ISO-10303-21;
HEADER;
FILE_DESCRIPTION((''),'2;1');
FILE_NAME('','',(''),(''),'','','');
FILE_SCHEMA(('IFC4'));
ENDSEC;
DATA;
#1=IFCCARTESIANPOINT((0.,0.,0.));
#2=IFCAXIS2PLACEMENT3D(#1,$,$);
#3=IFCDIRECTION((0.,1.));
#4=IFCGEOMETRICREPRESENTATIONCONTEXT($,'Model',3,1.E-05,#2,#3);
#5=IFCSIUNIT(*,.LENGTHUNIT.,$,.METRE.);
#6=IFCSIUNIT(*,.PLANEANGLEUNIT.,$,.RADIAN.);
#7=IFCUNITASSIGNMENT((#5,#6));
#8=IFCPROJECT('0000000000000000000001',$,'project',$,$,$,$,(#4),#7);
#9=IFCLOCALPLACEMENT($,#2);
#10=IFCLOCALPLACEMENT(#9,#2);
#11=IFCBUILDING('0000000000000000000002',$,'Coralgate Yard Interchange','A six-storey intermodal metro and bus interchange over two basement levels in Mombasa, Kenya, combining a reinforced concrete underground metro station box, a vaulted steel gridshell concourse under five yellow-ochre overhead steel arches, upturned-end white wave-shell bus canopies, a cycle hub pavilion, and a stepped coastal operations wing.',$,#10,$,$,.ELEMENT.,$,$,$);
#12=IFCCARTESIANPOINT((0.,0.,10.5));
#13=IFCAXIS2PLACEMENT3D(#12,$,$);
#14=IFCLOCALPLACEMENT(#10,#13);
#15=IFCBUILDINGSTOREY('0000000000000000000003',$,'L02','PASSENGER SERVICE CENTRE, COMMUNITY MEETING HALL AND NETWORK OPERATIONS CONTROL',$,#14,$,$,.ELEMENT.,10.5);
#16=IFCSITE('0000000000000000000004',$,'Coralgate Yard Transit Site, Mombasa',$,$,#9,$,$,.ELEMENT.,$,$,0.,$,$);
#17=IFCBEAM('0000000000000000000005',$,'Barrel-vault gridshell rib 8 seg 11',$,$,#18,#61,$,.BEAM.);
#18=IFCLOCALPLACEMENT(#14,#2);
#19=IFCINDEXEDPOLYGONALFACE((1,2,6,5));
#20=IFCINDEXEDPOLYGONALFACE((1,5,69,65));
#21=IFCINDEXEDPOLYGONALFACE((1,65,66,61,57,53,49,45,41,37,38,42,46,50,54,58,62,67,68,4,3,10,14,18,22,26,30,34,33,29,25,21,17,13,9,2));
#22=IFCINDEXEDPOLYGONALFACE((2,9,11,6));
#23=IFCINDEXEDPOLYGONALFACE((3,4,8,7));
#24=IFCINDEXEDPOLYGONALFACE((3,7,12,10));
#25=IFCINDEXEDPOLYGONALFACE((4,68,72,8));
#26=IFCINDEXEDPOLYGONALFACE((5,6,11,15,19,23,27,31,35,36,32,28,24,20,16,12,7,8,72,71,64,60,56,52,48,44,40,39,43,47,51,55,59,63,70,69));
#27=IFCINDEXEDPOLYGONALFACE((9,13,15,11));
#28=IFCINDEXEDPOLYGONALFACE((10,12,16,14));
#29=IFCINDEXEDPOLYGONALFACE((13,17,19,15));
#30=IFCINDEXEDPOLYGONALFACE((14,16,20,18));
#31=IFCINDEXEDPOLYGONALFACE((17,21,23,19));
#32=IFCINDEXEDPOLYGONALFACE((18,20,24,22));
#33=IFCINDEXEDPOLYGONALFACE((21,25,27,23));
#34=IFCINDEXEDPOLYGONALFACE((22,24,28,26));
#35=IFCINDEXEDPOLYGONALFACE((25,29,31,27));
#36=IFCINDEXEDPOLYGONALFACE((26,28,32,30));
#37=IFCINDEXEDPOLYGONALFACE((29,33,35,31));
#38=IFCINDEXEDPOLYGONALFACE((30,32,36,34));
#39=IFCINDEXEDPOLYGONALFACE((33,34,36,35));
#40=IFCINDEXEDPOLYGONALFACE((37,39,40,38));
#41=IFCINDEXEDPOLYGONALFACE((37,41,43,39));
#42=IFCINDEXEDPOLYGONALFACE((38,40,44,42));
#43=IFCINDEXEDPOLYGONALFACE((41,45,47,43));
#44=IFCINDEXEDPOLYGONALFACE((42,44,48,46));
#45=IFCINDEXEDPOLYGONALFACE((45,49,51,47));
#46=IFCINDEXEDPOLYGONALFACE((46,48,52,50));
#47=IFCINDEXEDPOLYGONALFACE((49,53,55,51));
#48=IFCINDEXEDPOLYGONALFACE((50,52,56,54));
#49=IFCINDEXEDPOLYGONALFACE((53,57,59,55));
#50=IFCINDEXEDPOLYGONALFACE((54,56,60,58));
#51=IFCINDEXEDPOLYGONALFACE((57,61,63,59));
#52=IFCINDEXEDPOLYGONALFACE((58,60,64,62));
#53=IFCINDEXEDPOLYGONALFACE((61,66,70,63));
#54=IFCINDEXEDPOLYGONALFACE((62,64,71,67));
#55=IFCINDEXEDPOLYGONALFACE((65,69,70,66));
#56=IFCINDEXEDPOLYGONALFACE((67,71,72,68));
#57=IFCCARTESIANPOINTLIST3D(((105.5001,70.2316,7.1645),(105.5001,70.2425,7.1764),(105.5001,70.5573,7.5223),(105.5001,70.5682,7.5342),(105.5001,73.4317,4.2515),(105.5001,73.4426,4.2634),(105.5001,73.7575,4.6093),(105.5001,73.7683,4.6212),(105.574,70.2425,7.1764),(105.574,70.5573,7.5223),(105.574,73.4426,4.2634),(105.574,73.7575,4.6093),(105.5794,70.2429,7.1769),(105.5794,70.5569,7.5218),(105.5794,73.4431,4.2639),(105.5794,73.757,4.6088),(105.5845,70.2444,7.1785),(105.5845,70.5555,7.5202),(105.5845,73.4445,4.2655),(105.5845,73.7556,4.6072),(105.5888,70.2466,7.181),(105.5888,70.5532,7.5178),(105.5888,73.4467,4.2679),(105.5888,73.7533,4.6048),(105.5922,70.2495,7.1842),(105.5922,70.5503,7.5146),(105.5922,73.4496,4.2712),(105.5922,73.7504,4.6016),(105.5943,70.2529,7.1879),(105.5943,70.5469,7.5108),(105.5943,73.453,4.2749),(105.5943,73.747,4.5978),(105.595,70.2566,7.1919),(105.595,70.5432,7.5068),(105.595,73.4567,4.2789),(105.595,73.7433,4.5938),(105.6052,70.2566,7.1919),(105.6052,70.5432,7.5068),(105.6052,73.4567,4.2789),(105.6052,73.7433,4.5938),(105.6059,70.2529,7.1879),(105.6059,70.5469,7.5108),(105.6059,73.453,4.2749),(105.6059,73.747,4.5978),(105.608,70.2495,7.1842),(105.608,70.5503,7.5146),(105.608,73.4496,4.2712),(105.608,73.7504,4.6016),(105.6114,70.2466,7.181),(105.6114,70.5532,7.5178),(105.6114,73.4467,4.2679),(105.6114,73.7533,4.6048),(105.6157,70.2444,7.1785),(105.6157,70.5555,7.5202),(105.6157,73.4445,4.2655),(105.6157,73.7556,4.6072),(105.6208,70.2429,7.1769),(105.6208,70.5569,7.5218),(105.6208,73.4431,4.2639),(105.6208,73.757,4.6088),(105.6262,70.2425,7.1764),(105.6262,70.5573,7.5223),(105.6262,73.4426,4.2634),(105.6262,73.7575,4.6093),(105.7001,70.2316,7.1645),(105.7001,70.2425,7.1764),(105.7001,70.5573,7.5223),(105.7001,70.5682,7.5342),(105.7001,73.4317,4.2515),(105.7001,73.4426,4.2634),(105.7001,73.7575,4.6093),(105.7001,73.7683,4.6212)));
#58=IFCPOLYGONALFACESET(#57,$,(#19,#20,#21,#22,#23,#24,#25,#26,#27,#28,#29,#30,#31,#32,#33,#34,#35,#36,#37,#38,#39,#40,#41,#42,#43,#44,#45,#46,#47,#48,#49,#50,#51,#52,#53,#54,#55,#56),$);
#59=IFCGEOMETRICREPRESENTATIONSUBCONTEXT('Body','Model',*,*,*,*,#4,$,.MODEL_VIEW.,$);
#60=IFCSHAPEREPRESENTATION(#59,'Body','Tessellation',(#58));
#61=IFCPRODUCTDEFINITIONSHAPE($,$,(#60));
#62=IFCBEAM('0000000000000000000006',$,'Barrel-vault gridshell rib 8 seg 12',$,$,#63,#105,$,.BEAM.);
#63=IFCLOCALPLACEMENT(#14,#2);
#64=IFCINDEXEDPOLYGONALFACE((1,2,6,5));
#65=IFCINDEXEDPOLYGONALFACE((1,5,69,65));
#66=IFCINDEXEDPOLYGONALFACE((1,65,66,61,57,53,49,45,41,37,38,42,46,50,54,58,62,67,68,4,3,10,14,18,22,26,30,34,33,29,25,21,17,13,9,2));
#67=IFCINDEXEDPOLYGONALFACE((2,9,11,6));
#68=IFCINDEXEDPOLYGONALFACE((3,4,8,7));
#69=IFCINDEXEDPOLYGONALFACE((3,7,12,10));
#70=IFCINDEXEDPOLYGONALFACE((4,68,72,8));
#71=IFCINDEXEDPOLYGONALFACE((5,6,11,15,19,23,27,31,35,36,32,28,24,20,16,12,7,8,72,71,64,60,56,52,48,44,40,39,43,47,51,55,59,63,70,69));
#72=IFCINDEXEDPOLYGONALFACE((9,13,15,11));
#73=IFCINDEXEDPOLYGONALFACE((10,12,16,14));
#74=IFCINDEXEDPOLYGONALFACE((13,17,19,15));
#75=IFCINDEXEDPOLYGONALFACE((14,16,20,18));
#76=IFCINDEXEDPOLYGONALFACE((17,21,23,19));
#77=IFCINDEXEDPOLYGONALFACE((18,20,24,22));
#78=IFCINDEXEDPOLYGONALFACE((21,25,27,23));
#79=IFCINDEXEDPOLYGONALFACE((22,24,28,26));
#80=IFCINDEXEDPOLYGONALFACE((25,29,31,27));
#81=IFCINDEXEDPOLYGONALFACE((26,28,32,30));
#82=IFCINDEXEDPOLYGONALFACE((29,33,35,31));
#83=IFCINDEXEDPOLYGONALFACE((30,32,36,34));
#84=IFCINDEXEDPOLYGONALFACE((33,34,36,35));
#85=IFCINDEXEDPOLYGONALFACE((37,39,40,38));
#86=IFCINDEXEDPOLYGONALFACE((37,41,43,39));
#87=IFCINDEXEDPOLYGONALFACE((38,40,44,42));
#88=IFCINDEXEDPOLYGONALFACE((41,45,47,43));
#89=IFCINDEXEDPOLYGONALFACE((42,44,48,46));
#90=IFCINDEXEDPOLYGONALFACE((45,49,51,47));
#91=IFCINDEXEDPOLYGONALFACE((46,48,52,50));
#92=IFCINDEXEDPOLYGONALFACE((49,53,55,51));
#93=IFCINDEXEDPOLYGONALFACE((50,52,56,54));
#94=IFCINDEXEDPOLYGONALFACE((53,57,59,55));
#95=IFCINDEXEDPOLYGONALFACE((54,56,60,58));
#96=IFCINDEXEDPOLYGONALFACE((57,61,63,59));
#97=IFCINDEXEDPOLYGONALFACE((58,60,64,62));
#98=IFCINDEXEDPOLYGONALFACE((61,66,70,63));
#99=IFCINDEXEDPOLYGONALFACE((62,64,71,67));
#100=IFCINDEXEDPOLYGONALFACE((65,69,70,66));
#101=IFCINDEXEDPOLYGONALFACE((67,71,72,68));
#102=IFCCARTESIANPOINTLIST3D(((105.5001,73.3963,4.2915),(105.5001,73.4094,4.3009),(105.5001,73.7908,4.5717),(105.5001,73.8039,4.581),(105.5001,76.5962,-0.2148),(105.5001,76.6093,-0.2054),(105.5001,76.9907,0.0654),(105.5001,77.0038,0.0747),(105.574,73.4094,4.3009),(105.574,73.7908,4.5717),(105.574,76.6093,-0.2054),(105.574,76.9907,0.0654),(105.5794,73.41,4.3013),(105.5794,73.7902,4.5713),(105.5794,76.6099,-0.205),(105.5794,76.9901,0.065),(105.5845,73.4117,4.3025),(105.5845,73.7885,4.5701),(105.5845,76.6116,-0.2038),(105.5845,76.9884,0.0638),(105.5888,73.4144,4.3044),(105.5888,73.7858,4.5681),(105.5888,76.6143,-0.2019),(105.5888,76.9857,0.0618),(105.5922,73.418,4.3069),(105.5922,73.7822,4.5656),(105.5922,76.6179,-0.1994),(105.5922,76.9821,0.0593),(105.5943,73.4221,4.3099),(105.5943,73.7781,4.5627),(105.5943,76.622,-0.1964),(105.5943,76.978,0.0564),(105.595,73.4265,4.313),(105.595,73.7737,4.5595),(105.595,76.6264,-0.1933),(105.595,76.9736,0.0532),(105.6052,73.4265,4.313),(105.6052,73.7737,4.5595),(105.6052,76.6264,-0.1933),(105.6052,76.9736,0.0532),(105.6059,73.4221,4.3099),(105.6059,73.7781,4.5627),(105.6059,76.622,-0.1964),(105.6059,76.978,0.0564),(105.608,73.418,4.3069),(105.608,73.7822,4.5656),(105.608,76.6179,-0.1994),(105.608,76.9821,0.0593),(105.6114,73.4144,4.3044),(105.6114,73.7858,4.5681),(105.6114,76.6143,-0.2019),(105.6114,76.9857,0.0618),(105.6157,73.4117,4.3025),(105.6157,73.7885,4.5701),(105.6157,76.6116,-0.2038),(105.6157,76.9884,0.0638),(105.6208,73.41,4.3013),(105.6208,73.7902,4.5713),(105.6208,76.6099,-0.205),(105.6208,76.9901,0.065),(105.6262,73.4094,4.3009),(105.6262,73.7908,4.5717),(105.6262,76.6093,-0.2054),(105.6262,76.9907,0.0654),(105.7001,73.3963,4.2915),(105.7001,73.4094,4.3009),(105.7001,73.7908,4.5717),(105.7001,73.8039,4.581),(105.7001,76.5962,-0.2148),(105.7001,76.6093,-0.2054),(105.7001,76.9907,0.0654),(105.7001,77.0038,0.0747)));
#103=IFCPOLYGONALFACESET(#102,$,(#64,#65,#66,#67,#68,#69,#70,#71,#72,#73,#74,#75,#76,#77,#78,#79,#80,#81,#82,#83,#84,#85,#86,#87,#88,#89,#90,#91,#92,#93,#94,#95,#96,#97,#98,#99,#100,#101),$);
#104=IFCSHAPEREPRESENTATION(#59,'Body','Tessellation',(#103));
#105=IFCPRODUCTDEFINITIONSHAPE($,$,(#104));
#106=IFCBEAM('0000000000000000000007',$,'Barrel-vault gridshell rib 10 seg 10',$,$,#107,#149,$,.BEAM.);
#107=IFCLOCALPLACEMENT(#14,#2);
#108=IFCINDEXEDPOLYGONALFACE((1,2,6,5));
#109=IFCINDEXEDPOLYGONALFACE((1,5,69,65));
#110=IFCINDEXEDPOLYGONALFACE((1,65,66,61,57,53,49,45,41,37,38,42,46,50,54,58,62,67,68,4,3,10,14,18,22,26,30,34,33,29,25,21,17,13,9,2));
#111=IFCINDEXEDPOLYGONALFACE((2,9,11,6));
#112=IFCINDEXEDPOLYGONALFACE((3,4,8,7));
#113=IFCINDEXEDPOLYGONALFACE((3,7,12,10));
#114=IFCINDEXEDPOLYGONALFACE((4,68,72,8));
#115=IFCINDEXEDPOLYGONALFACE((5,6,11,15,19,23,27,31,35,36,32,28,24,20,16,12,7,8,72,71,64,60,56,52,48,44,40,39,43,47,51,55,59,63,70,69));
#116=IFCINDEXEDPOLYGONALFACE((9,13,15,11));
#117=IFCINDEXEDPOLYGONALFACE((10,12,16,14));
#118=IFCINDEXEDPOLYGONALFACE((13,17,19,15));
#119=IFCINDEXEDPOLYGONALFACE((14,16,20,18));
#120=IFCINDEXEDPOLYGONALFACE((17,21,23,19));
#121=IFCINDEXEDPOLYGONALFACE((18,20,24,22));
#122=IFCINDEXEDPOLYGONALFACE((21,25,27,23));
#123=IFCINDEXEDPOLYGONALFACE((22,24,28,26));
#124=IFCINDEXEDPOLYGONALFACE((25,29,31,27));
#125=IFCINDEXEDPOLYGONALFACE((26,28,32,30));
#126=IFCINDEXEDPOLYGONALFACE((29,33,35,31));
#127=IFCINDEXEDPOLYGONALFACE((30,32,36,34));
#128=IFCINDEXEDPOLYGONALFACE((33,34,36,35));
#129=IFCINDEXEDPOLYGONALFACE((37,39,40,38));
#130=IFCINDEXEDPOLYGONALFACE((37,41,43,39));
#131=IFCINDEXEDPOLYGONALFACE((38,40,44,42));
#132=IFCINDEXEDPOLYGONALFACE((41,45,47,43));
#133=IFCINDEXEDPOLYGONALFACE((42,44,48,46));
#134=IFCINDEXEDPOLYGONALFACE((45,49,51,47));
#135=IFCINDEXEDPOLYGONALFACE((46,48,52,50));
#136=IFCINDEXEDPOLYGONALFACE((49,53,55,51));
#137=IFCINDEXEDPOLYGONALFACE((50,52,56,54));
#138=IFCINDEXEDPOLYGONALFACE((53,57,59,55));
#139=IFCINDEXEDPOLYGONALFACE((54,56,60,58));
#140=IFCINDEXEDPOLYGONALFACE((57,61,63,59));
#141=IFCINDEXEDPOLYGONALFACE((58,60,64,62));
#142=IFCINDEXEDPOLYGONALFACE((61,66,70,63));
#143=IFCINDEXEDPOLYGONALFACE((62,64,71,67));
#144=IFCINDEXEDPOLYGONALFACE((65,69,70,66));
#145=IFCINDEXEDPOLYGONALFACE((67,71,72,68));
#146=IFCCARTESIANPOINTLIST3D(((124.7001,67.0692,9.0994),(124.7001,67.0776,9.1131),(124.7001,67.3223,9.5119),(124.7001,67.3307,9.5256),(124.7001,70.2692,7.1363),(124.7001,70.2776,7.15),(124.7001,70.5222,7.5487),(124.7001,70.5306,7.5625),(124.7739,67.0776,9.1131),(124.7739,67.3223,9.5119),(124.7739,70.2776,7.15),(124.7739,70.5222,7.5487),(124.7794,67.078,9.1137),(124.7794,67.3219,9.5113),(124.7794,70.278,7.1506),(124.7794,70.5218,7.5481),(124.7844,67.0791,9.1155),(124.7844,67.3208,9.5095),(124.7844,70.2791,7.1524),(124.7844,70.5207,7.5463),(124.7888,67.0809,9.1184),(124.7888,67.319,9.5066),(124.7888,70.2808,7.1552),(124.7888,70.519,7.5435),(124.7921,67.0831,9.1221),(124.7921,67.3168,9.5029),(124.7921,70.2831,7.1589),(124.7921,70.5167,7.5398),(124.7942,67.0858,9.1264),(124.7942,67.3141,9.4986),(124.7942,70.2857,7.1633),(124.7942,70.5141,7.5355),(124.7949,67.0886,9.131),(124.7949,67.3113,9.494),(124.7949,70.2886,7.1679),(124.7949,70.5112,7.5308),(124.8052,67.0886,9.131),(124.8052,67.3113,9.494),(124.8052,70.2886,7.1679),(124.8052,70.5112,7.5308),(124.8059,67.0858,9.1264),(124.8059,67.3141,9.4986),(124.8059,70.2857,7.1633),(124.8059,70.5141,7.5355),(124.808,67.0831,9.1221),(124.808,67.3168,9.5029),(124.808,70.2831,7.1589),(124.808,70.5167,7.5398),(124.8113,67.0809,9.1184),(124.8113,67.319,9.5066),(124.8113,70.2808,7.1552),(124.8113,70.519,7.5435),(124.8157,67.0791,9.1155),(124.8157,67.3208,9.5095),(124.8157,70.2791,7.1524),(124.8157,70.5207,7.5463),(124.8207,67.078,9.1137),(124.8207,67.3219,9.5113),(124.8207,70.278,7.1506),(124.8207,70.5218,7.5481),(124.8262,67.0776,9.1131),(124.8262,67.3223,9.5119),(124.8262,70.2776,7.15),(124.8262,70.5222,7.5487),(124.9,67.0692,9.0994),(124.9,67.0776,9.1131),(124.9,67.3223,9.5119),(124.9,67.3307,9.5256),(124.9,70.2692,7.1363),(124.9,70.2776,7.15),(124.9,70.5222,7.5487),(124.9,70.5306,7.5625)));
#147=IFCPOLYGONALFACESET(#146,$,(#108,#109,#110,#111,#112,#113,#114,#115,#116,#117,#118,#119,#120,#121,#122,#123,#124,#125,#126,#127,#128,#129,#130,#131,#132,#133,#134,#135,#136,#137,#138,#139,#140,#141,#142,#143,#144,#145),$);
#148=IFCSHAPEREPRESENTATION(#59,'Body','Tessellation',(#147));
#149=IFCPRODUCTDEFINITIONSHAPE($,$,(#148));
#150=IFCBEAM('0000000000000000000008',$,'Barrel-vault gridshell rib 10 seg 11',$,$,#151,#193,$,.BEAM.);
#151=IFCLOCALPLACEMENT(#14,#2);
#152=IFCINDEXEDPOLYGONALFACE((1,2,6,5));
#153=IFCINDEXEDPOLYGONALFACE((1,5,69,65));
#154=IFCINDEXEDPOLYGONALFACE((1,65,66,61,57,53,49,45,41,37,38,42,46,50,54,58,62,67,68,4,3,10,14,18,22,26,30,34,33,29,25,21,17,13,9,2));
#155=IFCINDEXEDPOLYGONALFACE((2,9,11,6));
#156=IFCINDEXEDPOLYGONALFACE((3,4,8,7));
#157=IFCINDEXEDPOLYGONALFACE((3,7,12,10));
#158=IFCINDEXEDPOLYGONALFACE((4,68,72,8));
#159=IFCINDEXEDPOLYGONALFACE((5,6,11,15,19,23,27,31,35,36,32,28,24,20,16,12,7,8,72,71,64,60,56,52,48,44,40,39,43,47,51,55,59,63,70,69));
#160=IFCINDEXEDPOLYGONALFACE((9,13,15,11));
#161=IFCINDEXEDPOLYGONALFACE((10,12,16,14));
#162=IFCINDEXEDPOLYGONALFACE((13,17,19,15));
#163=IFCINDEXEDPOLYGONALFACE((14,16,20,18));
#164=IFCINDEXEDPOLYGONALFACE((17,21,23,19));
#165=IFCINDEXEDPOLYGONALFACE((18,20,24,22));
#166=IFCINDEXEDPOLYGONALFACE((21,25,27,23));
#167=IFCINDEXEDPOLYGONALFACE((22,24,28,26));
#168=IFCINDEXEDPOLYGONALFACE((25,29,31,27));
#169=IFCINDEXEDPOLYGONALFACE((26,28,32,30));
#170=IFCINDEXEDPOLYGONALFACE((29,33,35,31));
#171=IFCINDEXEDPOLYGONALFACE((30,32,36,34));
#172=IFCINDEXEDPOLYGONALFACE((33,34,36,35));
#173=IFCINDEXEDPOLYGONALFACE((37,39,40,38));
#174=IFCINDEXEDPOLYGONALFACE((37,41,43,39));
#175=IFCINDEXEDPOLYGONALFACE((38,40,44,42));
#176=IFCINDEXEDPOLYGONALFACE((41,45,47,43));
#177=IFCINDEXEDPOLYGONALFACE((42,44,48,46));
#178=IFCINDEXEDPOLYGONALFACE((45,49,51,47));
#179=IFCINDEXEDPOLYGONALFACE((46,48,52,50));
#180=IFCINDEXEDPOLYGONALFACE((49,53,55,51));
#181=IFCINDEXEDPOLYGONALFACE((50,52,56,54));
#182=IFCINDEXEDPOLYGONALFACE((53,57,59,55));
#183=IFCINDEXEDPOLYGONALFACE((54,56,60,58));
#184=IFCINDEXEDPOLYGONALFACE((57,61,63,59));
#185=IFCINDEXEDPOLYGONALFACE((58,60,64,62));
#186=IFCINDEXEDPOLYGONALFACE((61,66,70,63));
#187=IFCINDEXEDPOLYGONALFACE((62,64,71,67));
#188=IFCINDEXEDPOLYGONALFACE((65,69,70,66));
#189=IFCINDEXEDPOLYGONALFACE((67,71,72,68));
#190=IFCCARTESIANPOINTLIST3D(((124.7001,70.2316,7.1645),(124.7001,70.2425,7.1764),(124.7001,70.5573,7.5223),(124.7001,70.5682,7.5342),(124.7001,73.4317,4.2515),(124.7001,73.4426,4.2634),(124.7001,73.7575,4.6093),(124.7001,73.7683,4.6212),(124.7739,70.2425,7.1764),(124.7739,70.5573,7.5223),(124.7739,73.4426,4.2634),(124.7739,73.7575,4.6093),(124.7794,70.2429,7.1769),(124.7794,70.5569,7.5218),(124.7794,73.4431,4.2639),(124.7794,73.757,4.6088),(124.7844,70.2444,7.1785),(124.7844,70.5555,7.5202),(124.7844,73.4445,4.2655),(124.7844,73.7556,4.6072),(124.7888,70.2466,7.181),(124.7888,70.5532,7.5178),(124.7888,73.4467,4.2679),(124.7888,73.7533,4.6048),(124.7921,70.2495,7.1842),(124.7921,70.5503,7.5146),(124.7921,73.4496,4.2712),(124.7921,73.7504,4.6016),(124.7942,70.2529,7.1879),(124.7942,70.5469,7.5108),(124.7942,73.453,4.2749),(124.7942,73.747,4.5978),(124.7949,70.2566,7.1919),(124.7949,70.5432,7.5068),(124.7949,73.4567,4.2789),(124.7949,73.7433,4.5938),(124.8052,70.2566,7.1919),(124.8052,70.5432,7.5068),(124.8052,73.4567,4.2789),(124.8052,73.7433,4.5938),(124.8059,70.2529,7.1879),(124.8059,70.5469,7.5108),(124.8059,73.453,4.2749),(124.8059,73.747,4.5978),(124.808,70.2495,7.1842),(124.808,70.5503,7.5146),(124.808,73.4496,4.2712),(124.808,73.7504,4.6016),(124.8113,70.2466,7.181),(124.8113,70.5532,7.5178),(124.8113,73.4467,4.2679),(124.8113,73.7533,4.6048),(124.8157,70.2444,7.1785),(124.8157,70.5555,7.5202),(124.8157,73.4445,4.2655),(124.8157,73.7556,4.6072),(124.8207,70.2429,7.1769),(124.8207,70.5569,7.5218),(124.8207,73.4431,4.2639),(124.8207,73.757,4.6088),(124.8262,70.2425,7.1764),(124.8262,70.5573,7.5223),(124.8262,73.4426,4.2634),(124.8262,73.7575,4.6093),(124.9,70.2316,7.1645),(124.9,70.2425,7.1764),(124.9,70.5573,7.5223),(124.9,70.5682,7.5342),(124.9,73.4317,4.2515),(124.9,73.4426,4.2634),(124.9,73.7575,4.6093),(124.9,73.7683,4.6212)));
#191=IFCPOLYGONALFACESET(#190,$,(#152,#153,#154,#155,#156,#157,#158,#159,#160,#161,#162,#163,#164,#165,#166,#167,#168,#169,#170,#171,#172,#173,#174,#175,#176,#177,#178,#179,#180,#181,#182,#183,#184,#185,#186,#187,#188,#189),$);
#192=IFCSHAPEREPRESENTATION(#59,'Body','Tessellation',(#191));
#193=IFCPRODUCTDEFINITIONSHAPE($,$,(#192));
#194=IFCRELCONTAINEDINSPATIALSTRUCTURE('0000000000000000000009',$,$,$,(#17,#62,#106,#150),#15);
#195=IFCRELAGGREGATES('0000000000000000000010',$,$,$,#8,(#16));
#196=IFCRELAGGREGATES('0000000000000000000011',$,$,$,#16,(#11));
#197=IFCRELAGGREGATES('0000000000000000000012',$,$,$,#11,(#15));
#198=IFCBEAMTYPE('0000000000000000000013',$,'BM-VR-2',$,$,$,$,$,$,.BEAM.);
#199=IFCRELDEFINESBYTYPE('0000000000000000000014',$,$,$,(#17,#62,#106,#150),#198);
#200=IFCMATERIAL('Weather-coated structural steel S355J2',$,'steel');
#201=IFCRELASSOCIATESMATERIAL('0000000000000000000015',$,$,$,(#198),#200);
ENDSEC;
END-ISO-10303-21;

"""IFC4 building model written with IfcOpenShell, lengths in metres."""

from ifc_helpers import new_model, si_unit, direction, frame, origin, origin_2d, place, context, subcontext, project, spatial, i_section, extrude, material, material_profile, profile_set, type_object, element, save


model = new_model("IFC4")

# Units and contexts
model_context = context("Model", 3, precision=1e-05, world=origin(), true_north=direction((0.0, 1.0)))
body_context = subcontext(model_context, "Body", "Model", "MODEL_VIEW")
ifc_project = project(units=[si_unit("LENGTHUNIT", "METRE"), si_unit("PLANEANGLEUNIT", "RADIAN")], contexts=[model_context])

# Site, building, storey
site_placement = place(None, origin())
site = spatial("IfcSite", under=ifc_project, at=site_placement, Name="Coralgate Yard Transit Site, Mombasa", CompositionType="ELEMENT", RefElevation=0.0)
building_placement = place(site_placement, origin())
building = spatial("IfcBuilding", under=site, at=building_placement, Name="Coralgate Yard Interchange", Description="A six-storey intermodal metro and bus interchange over two basement levels in Mombasa, Kenya, combining a reinforced concrete underground metro station box, a vaulted steel gridshell concourse under five yellow-ochre overhead steel arches, upturned-end white wave-shell bus canopies, a cycle hub pavilion, and a stepped coastal operations wing.", CompositionType="ELEMENT")
storey_placement = place(building_placement, frame((0.0, 0.0, 10.5)))
storey = spatial("IfcBuildingStorey", under=building, at=storey_placement, Name="L02", Description="PASSENGER SERVICE CENTRE, COMMUNITY MEETING HALL AND NETWORK OPERATIONS CONTROL", CompositionType="ELEMENT", Elevation=10.5)

# Beams
ifc_material_1 = material(Name="Weather-coated structural steel S355J2", Category="steel")
ifc_material_profile_1 = material_profile(ifc_material_1, i_section(OverallWidth=0.2, OverallDepth=0.5, WebThickness=0.0103, FlangeThickness=0.0161, FilletRadius=0.021, at=origin_2d()), Name="IPE 500")
ifc_profile_set_1 = profile_set([ifc_material_profile_1], Name="Weather-coated structural steel S355J2")
beam_type_1 = type_object("IfcBeamType", Name="BM-VR-2", PredefinedType="BEAM", material=ifc_profile_set_1)
beam_1_placement = place(storey_placement, frame((105.6001, 70.3999, 7.3494), z_axis=(0.0, 0.739501, -0.673156), x_axis=(-1.0, 0.0, 0.0)))
element("IfcBeam", 1, at=beam_1_placement, inside=storey, type_object=beam_type_1, Name="Barrel-vault gridshell rib 8 seg 11", PredefinedType="BEAM", context=body_context, shape_type="SweptSolid", body=[
    extrude(i_section(OverallWidth=0.2, OverallDepth=0.5, WebThickness=0.0103, FlangeThickness=0.0161, FilletRadius=0.021, at=origin_2d()), origin(), (0.0, 0.0, 1.0), 4.3274),
])
beam_2_placement = place(storey_placement, frame((105.6001, 73.6001, 4.4363), z_axis=(0.0, 0.578975, -0.815345), x_axis=(-1.0, 0.0, 0.0)))
element("IfcBeam", 2, at=beam_2_placement, inside=storey, type_object=beam_type_1, Name="Barrel-vault gridshell rib 8 seg 12", PredefinedType="BEAM", context=body_context, shape_type="SweptSolid", body=[
    extrude(i_section(OverallWidth=0.2, OverallDepth=0.5, WebThickness=0.0103, FlangeThickness=0.0161, FilletRadius=0.021, at=origin_2d()), origin(), (0.0, 0.0, 1.0), 5.5269),
])
beam_3_placement = place(storey_placement, frame((124.8, 67.2, 9.3125), z_axis=(0.0, 0.852379, -0.522925), x_axis=(-1.0, 0.0, 0.0)))
element("IfcBeam", 3, at=beam_3_placement, inside=storey, type_object=beam_type_1, Name="Barrel-vault gridshell rib 10 seg 10", PredefinedType="BEAM", context=body_context, shape_type="SweptSolid", body=[
    extrude(i_section(OverallWidth=0.2, OverallDepth=0.5, WebThickness=0.0103, FlangeThickness=0.0161, FilletRadius=0.021, at=origin_2d()), origin(), (0.0, 0.0, 1.0), 3.7542),
])
beam_4_placement = place(storey_placement, frame((124.8, 70.3999, 7.3494), z_axis=(0.0, 0.739501, -0.673156), x_axis=(-1.0, 0.0, 0.0)))
element("IfcBeam", 4, at=beam_4_placement, inside=storey, type_object=beam_type_1, Name="Barrel-vault gridshell rib 10 seg 11", PredefinedType="BEAM", context=body_context, shape_type="SweptSolid", body=[
    extrude(i_section(OverallWidth=0.2, OverallDepth=0.5, WebThickness=0.0103, FlangeThickness=0.0161, FilletRadius=0.021, at=origin_2d()), origin(), (0.0, 0.0, 1.0), 4.3274),
])

save(model, "model.ifc")
